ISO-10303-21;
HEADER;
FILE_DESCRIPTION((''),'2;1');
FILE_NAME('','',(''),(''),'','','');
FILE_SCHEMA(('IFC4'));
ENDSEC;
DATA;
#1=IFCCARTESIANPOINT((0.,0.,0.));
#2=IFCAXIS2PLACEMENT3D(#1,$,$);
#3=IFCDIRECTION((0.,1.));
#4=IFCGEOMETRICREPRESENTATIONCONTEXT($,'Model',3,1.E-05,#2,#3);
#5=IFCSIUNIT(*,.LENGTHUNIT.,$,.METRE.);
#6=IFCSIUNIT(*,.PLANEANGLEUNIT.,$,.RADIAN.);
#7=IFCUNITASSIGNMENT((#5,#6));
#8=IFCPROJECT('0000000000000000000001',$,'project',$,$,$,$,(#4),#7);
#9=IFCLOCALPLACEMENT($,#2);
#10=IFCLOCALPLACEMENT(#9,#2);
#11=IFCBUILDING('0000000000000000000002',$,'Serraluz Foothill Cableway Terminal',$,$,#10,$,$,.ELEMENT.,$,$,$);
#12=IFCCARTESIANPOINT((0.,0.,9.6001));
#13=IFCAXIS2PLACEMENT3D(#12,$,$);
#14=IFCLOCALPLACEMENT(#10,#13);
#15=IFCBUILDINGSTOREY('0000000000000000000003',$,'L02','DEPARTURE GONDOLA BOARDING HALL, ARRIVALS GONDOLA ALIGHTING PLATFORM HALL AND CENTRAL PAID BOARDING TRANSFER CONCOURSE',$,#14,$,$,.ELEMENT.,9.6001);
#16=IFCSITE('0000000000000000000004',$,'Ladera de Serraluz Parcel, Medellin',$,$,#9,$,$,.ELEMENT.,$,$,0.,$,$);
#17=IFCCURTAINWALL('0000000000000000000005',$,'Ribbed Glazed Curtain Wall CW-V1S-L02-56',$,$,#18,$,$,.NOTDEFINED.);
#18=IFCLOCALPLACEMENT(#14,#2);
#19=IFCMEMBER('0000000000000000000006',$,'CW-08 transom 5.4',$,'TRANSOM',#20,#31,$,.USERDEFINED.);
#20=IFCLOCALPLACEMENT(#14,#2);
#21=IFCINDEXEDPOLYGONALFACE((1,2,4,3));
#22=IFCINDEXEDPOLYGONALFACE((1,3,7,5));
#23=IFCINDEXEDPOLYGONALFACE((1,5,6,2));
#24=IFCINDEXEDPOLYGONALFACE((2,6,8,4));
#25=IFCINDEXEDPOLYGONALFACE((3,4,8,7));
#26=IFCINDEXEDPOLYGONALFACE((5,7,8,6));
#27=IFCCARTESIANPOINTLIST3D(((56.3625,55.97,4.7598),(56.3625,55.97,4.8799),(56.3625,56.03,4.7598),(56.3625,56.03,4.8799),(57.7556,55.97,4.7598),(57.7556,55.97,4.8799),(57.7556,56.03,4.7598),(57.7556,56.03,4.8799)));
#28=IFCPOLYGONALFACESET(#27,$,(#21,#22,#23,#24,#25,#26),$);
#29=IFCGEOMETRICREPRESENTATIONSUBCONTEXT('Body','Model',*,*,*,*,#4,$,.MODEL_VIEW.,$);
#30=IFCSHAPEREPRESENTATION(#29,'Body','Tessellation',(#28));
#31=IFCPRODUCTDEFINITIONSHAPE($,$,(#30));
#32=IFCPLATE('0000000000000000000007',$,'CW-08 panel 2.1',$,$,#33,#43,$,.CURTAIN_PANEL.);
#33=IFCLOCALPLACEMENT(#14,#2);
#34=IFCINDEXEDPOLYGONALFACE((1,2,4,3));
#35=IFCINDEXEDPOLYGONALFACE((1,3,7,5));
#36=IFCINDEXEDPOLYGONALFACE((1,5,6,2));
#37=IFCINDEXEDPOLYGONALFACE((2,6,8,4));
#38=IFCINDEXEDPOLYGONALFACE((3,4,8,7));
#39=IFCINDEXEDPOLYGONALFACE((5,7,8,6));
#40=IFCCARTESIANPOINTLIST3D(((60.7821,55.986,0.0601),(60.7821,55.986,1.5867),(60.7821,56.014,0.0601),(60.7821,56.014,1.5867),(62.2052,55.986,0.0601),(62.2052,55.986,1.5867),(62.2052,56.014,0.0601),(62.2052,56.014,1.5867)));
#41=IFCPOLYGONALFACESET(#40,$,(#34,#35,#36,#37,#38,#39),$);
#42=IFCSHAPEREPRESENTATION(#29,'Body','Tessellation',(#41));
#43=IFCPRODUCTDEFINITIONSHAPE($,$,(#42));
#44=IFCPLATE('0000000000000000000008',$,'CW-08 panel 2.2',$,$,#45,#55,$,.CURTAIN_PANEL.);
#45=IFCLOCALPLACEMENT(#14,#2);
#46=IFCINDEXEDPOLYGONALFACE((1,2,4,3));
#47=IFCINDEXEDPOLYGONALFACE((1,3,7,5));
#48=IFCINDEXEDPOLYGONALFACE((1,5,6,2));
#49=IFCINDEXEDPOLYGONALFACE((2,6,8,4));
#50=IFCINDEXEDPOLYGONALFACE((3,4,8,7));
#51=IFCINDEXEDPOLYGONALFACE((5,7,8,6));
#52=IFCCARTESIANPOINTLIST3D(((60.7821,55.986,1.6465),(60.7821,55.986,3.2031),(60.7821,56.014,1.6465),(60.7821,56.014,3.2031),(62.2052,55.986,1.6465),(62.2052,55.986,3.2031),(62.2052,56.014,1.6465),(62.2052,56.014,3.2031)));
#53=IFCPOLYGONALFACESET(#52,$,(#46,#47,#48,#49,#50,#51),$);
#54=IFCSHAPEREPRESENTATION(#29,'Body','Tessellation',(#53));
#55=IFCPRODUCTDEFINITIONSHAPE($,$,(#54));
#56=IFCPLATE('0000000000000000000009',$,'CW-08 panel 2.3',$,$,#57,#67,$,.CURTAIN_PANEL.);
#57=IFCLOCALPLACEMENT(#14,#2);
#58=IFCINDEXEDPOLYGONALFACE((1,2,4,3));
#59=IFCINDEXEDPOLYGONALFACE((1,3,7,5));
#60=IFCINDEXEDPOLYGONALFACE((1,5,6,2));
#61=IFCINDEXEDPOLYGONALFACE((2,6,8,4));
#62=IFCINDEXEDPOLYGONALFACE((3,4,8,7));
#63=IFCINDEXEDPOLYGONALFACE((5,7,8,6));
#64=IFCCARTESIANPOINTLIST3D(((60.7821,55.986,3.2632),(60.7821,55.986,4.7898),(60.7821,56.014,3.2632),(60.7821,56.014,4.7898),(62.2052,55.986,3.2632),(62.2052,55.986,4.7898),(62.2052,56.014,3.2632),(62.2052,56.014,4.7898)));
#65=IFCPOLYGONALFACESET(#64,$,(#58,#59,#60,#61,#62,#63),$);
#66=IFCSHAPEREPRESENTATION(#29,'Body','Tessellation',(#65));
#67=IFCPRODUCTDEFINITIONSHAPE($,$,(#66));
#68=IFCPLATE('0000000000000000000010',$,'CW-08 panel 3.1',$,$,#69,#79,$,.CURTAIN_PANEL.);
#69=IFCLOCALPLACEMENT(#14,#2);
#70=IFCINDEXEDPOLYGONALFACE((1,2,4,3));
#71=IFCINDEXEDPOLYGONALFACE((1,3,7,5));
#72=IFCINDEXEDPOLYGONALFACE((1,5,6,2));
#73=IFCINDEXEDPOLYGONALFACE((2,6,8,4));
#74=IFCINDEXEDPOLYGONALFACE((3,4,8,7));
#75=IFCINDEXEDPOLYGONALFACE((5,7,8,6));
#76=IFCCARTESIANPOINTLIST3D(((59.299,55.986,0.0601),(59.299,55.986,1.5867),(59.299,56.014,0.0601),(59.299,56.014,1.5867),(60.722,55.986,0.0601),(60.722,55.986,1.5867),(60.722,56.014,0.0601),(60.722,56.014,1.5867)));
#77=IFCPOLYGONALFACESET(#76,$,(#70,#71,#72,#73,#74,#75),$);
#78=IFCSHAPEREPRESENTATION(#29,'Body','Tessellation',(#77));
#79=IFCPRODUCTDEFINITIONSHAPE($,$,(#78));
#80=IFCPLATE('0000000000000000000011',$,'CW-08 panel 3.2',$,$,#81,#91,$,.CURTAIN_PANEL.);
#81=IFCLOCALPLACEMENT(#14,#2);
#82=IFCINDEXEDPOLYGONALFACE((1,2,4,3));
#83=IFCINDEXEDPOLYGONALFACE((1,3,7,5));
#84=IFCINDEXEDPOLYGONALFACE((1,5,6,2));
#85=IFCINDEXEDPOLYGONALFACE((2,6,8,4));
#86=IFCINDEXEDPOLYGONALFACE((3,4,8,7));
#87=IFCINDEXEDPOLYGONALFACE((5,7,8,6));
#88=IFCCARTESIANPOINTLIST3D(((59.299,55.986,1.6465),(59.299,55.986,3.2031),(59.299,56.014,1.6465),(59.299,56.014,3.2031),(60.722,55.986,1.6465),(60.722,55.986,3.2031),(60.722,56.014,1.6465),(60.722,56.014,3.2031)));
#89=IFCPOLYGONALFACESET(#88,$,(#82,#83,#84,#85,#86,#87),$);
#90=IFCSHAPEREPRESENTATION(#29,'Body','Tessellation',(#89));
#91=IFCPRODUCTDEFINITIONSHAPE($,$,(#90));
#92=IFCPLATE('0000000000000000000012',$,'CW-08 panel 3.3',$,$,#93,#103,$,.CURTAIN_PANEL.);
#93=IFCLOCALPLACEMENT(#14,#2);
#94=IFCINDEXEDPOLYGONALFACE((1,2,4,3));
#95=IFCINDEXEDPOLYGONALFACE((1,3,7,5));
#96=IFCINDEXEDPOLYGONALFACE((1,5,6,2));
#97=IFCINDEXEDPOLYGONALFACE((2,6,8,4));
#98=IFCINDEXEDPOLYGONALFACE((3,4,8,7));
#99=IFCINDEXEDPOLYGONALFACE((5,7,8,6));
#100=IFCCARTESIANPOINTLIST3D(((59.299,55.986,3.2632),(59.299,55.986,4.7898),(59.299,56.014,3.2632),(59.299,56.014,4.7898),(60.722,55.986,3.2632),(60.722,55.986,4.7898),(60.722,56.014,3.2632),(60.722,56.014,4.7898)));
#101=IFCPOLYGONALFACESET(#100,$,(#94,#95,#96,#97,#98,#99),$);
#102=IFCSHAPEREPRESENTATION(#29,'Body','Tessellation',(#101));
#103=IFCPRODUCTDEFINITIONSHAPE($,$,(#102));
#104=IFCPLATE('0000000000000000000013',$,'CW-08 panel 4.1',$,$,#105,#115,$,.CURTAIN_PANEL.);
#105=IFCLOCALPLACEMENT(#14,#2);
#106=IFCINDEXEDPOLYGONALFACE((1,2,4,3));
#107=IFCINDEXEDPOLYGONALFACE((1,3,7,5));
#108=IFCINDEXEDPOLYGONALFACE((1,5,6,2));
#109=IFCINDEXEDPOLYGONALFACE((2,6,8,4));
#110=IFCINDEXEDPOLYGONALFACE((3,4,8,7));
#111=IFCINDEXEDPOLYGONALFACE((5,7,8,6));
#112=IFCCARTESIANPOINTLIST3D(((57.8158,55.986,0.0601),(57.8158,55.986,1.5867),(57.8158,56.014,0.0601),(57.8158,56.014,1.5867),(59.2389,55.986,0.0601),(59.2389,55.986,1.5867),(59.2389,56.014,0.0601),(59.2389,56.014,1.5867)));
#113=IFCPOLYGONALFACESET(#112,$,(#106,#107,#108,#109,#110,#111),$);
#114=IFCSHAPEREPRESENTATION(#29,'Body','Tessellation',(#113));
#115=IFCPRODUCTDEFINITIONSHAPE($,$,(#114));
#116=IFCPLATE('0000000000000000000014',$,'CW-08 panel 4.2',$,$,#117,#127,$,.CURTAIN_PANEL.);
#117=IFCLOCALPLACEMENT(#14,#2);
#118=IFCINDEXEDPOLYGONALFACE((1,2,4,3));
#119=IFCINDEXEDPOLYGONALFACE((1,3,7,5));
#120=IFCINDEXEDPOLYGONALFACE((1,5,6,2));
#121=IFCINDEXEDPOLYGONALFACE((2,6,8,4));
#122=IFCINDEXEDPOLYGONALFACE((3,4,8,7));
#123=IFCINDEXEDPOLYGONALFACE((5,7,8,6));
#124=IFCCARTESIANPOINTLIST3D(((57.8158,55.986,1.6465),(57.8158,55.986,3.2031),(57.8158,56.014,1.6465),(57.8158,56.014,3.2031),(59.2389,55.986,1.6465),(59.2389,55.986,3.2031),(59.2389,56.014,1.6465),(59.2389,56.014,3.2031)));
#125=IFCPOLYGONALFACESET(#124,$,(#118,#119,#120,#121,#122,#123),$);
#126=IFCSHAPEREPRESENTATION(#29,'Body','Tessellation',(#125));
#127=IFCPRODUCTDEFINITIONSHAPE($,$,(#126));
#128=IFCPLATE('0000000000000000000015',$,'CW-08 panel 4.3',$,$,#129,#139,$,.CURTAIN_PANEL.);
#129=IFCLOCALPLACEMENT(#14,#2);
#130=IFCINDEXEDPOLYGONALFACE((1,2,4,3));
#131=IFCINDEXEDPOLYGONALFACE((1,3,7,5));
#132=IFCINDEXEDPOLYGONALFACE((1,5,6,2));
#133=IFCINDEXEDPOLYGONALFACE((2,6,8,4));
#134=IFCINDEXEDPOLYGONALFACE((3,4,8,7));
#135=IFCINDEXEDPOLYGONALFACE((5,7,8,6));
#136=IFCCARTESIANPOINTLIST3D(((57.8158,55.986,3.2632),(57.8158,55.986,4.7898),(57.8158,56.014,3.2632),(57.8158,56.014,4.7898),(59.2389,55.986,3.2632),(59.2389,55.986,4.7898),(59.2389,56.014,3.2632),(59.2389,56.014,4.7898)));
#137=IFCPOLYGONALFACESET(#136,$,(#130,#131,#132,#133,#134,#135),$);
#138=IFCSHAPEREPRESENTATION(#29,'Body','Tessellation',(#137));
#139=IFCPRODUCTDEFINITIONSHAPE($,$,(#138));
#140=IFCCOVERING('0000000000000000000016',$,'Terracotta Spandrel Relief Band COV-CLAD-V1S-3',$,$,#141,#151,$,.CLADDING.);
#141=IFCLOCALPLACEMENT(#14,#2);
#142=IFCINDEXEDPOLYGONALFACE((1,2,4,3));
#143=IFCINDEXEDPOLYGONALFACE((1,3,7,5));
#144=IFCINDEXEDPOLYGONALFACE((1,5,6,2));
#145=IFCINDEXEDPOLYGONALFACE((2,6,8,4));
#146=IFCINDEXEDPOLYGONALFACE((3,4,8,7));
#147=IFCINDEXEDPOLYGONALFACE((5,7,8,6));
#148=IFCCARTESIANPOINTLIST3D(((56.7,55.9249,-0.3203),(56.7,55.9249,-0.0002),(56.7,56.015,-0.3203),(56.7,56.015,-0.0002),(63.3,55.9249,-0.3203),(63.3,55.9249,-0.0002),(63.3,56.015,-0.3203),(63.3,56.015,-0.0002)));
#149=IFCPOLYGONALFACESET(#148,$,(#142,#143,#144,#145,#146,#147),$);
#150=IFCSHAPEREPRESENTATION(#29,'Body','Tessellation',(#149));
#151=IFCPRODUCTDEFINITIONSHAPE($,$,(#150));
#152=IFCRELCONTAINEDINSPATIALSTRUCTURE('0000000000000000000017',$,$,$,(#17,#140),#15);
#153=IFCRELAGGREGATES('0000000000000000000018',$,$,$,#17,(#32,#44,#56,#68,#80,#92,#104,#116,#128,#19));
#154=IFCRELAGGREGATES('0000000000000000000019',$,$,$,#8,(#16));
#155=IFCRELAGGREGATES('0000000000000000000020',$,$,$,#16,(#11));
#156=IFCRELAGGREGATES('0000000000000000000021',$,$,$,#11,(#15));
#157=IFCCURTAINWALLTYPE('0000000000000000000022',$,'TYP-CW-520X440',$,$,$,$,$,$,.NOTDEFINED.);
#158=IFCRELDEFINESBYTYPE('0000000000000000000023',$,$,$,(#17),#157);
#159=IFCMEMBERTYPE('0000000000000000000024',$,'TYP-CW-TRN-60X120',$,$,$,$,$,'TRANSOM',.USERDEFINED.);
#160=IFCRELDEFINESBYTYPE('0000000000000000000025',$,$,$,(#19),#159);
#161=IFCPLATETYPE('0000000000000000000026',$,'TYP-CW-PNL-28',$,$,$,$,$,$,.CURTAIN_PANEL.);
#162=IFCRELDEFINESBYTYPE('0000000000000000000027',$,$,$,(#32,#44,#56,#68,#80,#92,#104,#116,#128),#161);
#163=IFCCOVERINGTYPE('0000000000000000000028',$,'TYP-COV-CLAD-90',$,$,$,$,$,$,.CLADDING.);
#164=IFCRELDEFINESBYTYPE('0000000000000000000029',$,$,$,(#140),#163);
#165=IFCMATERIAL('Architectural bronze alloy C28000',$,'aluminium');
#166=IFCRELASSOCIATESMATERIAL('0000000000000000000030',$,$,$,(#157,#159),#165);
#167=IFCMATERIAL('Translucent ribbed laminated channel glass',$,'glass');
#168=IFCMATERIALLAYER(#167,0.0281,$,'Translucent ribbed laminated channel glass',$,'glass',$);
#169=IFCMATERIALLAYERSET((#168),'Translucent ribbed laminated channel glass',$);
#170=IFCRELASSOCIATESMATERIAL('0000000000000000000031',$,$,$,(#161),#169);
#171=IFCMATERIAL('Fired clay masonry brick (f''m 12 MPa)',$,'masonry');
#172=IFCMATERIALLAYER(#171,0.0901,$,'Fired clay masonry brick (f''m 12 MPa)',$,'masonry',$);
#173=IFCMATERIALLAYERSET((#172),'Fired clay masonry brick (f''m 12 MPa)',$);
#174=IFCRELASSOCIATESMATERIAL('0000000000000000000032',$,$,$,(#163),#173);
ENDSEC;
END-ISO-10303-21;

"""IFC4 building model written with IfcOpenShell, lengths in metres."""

from ifc_helpers import new_model, si_unit, direction, frame, origin, origin_2d, place, context, subcontext, project, spatial, rectangle, extrude, material, layer, layer_set, material_profile, profile_set, type_object, element, aggregate, save


model = new_model("IFC4")

# Units and contexts
model_context = context("Model", 3, precision=1e-05, world=origin(), true_north=direction((0.0, 1.0)))
body_context = subcontext(model_context, "Body", "Model", "MODEL_VIEW")
ifc_project = project(units=[si_unit("LENGTHUNIT", "METRE"), si_unit("PLANEANGLEUNIT", "RADIAN")], contexts=[model_context])

# Site, building, storey
site_placement = place(None, origin())
site = spatial("IfcSite", under=ifc_project, at=site_placement, Name="Ladera de Serraluz Parcel, Medellin", CompositionType="ELEMENT", RefElevation=0.0)
building_placement = place(site_placement, origin())
building = spatial("IfcBuilding", under=site, at=building_placement, Name="Serraluz Foothill Cableway Terminal", CompositionType="ELEMENT")
storey_placement = place(building_placement, frame((0.0, 0.0, 9.6001)))
storey = spatial("IfcBuildingStorey", under=building, at=storey_placement, Name="L02", Description="DEPARTURE GONDOLA BOARDING HALL, ARRIVALS GONDOLA ALIGHTING PLATFORM HALL AND CENTRAL PAID BOARDING TRANSFER CONCOURSE", CompositionType="ELEMENT", Elevation=9.6001)

# Curtain wall, member, plates
ifc_material_1 = material(Name="Architectural bronze alloy C28000", Category="aluminium")
curtain_wall_type = type_object("IfcCurtainWallType", Name="TYP-CW-520X440", PredefinedType="NOTDEFINED", material=ifc_material_1)
curtain_wall_placement = place(storey_placement, origin())
curtain_wall = element("IfcCurtainWall", 1, at=curtain_wall_placement, inside=storey, type_object=curtain_wall_type, Name="Ribbed Glazed Curtain Wall CW-V1S-L02-56", PredefinedType="NOTDEFINED")
ifc_material_profile_1 = material_profile(ifc_material_1, rectangle(XDim=0.0601, YDim=0.1201, at=origin_2d()), Name="ALU TRANSOM 60x120")
ifc_profile_set_1 = profile_set([ifc_material_profile_1], Name="Architectural bronze alloy C28000")
member_type_1 = type_object("IfcMemberType", Name="TYP-CW-TRN-60X120", ElementType="TRANSOM", PredefinedType="USERDEFINED", material=ifc_profile_set_1)
member_1_placement = place(storey_placement, frame((57.7556, 56.0, 4.8198), z_axis=(-1.0, 0.0, 0.0), x_axis=(0.0, -1.0, 0.0)))
member_1 = element("IfcMember", 2, at=member_1_placement, type_object=member_type_1, Name="CW-08 transom 5.4", ObjectType="TRANSOM", PredefinedType="USERDEFINED", context=body_context, shape_type="SweptSolid", body=[
    extrude(rectangle(XDim=0.0601, YDim=0.1201, at=origin_2d()), origin(), (0.0, 0.0, 1.0), 1.3931),
])
ifc_material_2 = material(Name="Translucent ribbed laminated channel glass", Category="glass")
ifc_layer_1 = layer(ifc_material_2, 0.0281, Name="Translucent ribbed laminated channel glass", Category="glass")
ifc_layer_set_1 = layer_set([ifc_layer_1], Name="Translucent ribbed laminated channel glass")
plate_type = type_object("IfcPlateType", Name="TYP-CW-PNL-28", PredefinedType="CURTAIN_PANEL", material=ifc_layer_set_1)
plate_1_placement = place(storey_placement, frame((61.4937, 56.0, 0.0601), z_axis=(0.0, 0.0, 1.0), x_axis=(-1.0, 0.0, 0.0)))
plate_1 = element("IfcPlate", 3, at=plate_1_placement, type_object=plate_type, Name="CW-08 panel 2.1", PredefinedType="CURTAIN_PANEL", context=body_context, shape_type="SweptSolid", body=[
    extrude(rectangle(XDim=1.4231, YDim=0.0281, at=origin_2d()), origin(), (0.0, 0.0, 1.0), 1.5266),
])
plate_2_placement = place(storey_placement, frame((61.4937, 56.0, 1.6465), z_axis=(0.0, 0.0, 1.0), x_axis=(-1.0, 0.0, 0.0)))
plate_2 = element("IfcPlate", 4, at=plate_2_placement, type_object=plate_type, Name="CW-08 panel 2.2", PredefinedType="CURTAIN_PANEL", context=body_context, shape_type="SweptSolid", body=[
    extrude(rectangle(XDim=1.4231, YDim=0.0281, at=origin_2d()), origin(), (0.0, 0.0, 1.0), 1.5566),
])
plate_3_placement = place(storey_placement, frame((61.4937, 56.0, 3.2632), z_axis=(0.0, 0.0, 1.0), x_axis=(-1.0, 0.0, 0.0)))
plate_3 = element("IfcPlate", 5, at=plate_3_placement, type_object=plate_type, Name="CW-08 panel 2.3", PredefinedType="CURTAIN_PANEL", context=body_context, shape_type="SweptSolid", body=[
    extrude(rectangle(XDim=1.4231, YDim=0.0281, at=origin_2d()), origin(), (0.0, 0.0, 1.0), 1.5266),
])
plate_4_placement = place(storey_placement, frame((60.0105, 56.0, 0.0601), z_axis=(0.0, 0.0, 1.0), x_axis=(-1.0, 0.0, 0.0)))
plate_4 = element("IfcPlate", 6, at=plate_4_placement, type_object=plate_type, Name="CW-08 panel 3.1", PredefinedType="CURTAIN_PANEL", context=body_context, shape_type="SweptSolid", body=[
    extrude(rectangle(XDim=1.4231, YDim=0.0281, at=origin_2d()), origin(), (0.0, 0.0, 1.0), 1.5266),
])
plate_5_placement = place(storey_placement, frame((60.0105, 56.0, 1.6465), z_axis=(0.0, 0.0, 1.0), x_axis=(-1.0, 0.0, 0.0)))
plate_5 = element("IfcPlate", 7, at=plate_5_placement, type_object=plate_type, Name="CW-08 panel 3.2", PredefinedType="CURTAIN_PANEL", context=body_context, shape_type="SweptSolid", body=[
    extrude(rectangle(XDim=1.4231, YDim=0.0281, at=origin_2d()), origin(), (0.0, 0.0, 1.0), 1.5566),
])
plate_6_placement = place(storey_placement, frame((60.0105, 56.0, 3.2632), z_axis=(0.0, 0.0, 1.0), x_axis=(-1.0, 0.0, 0.0)))
plate_6 = element("IfcPlate", 8, at=plate_6_placement, type_object=plate_type, Name="CW-08 panel 3.3", PredefinedType="CURTAIN_PANEL", context=body_context, shape_type="SweptSolid", body=[
    extrude(rectangle(XDim=1.4231, YDim=0.0281, at=origin_2d()), origin(), (0.0, 0.0, 1.0), 1.5266),
])
plate_7_placement = place(storey_placement, frame((58.5273, 56.0, 0.0601), z_axis=(0.0, 0.0, 1.0), x_axis=(-1.0, 0.0, 0.0)))
plate_7 = element("IfcPlate", 9, at=plate_7_placement, type_object=plate_type, Name="CW-08 panel 4.1", PredefinedType="CURTAIN_PANEL", context=body_context, shape_type="SweptSolid", body=[
    extrude(rectangle(XDim=1.4231, YDim=0.0281, at=origin_2d()), origin(), (0.0, 0.0, 1.0), 1.5266),
])
plate_8_placement = place(storey_placement, frame((58.5273, 56.0, 1.6465), z_axis=(0.0, 0.0, 1.0), x_axis=(-1.0, 0.0, 0.0)))
plate_8 = element("IfcPlate", 10, at=plate_8_placement, type_object=plate_type, Name="CW-08 panel 4.2", PredefinedType="CURTAIN_PANEL", context=body_context, shape_type="SweptSolid", body=[
    extrude(rectangle(XDim=1.4231, YDim=0.0281, at=origin_2d()), origin(), (0.0, 0.0, 1.0), 1.5566),
])
plate_9_placement = place(storey_placement, frame((58.5273, 56.0, 3.2632), z_axis=(0.0, 0.0, 1.0), x_axis=(-1.0, 0.0, 0.0)))
plate_9 = element("IfcPlate", 11, at=plate_9_placement, type_object=plate_type, Name="CW-08 panel 4.3", PredefinedType="CURTAIN_PANEL", context=body_context, shape_type="SweptSolid", body=[
    extrude(rectangle(XDim=1.4231, YDim=0.0281, at=origin_2d()), origin(), (0.0, 0.0, 1.0), 1.5266),
])
aggregate(curtain_wall, [plate_1, plate_2, plate_3, plate_4, plate_5, plate_6, plate_7, plate_8, plate_9, member_1])

# Covering
ifc_material_3 = material(Name="Fired clay masonry brick (f'm 12 MPa)", Category="masonry")
ifc_layer_2 = layer(ifc_material_3, 0.0901, Name="Fired clay masonry brick (f'm 12 MPa)", Category="masonry")
ifc_layer_set_2 = layer_set([ifc_layer_2], Name="Fired clay masonry brick (f'm 12 MPa)")
covering_type = type_object("IfcCoveringType", Name="TYP-COV-CLAD-90", PredefinedType="CLADDING", material=ifc_layer_set_2)
covering_placement = place(storey_placement, frame((60.0, 55.97, -0.3203), z_axis=(0.0, 0.0, 1.0), x_axis=(1.0, 0.0, 0.0)))
element("IfcCovering", 12, at=covering_placement, inside=storey, type_object=covering_type, Name="Terracotta Spandrel Relief Band COV-CLAD-V1S-3", PredefinedType="CLADDING", context=body_context, shape_type="SweptSolid", body=[
    extrude(rectangle(XDim=6.6001, YDim=0.0901, at=origin_2d()), origin(), (0.0, 0.0, 1.0), 0.3201),
])

save(model, "model.ifc")
